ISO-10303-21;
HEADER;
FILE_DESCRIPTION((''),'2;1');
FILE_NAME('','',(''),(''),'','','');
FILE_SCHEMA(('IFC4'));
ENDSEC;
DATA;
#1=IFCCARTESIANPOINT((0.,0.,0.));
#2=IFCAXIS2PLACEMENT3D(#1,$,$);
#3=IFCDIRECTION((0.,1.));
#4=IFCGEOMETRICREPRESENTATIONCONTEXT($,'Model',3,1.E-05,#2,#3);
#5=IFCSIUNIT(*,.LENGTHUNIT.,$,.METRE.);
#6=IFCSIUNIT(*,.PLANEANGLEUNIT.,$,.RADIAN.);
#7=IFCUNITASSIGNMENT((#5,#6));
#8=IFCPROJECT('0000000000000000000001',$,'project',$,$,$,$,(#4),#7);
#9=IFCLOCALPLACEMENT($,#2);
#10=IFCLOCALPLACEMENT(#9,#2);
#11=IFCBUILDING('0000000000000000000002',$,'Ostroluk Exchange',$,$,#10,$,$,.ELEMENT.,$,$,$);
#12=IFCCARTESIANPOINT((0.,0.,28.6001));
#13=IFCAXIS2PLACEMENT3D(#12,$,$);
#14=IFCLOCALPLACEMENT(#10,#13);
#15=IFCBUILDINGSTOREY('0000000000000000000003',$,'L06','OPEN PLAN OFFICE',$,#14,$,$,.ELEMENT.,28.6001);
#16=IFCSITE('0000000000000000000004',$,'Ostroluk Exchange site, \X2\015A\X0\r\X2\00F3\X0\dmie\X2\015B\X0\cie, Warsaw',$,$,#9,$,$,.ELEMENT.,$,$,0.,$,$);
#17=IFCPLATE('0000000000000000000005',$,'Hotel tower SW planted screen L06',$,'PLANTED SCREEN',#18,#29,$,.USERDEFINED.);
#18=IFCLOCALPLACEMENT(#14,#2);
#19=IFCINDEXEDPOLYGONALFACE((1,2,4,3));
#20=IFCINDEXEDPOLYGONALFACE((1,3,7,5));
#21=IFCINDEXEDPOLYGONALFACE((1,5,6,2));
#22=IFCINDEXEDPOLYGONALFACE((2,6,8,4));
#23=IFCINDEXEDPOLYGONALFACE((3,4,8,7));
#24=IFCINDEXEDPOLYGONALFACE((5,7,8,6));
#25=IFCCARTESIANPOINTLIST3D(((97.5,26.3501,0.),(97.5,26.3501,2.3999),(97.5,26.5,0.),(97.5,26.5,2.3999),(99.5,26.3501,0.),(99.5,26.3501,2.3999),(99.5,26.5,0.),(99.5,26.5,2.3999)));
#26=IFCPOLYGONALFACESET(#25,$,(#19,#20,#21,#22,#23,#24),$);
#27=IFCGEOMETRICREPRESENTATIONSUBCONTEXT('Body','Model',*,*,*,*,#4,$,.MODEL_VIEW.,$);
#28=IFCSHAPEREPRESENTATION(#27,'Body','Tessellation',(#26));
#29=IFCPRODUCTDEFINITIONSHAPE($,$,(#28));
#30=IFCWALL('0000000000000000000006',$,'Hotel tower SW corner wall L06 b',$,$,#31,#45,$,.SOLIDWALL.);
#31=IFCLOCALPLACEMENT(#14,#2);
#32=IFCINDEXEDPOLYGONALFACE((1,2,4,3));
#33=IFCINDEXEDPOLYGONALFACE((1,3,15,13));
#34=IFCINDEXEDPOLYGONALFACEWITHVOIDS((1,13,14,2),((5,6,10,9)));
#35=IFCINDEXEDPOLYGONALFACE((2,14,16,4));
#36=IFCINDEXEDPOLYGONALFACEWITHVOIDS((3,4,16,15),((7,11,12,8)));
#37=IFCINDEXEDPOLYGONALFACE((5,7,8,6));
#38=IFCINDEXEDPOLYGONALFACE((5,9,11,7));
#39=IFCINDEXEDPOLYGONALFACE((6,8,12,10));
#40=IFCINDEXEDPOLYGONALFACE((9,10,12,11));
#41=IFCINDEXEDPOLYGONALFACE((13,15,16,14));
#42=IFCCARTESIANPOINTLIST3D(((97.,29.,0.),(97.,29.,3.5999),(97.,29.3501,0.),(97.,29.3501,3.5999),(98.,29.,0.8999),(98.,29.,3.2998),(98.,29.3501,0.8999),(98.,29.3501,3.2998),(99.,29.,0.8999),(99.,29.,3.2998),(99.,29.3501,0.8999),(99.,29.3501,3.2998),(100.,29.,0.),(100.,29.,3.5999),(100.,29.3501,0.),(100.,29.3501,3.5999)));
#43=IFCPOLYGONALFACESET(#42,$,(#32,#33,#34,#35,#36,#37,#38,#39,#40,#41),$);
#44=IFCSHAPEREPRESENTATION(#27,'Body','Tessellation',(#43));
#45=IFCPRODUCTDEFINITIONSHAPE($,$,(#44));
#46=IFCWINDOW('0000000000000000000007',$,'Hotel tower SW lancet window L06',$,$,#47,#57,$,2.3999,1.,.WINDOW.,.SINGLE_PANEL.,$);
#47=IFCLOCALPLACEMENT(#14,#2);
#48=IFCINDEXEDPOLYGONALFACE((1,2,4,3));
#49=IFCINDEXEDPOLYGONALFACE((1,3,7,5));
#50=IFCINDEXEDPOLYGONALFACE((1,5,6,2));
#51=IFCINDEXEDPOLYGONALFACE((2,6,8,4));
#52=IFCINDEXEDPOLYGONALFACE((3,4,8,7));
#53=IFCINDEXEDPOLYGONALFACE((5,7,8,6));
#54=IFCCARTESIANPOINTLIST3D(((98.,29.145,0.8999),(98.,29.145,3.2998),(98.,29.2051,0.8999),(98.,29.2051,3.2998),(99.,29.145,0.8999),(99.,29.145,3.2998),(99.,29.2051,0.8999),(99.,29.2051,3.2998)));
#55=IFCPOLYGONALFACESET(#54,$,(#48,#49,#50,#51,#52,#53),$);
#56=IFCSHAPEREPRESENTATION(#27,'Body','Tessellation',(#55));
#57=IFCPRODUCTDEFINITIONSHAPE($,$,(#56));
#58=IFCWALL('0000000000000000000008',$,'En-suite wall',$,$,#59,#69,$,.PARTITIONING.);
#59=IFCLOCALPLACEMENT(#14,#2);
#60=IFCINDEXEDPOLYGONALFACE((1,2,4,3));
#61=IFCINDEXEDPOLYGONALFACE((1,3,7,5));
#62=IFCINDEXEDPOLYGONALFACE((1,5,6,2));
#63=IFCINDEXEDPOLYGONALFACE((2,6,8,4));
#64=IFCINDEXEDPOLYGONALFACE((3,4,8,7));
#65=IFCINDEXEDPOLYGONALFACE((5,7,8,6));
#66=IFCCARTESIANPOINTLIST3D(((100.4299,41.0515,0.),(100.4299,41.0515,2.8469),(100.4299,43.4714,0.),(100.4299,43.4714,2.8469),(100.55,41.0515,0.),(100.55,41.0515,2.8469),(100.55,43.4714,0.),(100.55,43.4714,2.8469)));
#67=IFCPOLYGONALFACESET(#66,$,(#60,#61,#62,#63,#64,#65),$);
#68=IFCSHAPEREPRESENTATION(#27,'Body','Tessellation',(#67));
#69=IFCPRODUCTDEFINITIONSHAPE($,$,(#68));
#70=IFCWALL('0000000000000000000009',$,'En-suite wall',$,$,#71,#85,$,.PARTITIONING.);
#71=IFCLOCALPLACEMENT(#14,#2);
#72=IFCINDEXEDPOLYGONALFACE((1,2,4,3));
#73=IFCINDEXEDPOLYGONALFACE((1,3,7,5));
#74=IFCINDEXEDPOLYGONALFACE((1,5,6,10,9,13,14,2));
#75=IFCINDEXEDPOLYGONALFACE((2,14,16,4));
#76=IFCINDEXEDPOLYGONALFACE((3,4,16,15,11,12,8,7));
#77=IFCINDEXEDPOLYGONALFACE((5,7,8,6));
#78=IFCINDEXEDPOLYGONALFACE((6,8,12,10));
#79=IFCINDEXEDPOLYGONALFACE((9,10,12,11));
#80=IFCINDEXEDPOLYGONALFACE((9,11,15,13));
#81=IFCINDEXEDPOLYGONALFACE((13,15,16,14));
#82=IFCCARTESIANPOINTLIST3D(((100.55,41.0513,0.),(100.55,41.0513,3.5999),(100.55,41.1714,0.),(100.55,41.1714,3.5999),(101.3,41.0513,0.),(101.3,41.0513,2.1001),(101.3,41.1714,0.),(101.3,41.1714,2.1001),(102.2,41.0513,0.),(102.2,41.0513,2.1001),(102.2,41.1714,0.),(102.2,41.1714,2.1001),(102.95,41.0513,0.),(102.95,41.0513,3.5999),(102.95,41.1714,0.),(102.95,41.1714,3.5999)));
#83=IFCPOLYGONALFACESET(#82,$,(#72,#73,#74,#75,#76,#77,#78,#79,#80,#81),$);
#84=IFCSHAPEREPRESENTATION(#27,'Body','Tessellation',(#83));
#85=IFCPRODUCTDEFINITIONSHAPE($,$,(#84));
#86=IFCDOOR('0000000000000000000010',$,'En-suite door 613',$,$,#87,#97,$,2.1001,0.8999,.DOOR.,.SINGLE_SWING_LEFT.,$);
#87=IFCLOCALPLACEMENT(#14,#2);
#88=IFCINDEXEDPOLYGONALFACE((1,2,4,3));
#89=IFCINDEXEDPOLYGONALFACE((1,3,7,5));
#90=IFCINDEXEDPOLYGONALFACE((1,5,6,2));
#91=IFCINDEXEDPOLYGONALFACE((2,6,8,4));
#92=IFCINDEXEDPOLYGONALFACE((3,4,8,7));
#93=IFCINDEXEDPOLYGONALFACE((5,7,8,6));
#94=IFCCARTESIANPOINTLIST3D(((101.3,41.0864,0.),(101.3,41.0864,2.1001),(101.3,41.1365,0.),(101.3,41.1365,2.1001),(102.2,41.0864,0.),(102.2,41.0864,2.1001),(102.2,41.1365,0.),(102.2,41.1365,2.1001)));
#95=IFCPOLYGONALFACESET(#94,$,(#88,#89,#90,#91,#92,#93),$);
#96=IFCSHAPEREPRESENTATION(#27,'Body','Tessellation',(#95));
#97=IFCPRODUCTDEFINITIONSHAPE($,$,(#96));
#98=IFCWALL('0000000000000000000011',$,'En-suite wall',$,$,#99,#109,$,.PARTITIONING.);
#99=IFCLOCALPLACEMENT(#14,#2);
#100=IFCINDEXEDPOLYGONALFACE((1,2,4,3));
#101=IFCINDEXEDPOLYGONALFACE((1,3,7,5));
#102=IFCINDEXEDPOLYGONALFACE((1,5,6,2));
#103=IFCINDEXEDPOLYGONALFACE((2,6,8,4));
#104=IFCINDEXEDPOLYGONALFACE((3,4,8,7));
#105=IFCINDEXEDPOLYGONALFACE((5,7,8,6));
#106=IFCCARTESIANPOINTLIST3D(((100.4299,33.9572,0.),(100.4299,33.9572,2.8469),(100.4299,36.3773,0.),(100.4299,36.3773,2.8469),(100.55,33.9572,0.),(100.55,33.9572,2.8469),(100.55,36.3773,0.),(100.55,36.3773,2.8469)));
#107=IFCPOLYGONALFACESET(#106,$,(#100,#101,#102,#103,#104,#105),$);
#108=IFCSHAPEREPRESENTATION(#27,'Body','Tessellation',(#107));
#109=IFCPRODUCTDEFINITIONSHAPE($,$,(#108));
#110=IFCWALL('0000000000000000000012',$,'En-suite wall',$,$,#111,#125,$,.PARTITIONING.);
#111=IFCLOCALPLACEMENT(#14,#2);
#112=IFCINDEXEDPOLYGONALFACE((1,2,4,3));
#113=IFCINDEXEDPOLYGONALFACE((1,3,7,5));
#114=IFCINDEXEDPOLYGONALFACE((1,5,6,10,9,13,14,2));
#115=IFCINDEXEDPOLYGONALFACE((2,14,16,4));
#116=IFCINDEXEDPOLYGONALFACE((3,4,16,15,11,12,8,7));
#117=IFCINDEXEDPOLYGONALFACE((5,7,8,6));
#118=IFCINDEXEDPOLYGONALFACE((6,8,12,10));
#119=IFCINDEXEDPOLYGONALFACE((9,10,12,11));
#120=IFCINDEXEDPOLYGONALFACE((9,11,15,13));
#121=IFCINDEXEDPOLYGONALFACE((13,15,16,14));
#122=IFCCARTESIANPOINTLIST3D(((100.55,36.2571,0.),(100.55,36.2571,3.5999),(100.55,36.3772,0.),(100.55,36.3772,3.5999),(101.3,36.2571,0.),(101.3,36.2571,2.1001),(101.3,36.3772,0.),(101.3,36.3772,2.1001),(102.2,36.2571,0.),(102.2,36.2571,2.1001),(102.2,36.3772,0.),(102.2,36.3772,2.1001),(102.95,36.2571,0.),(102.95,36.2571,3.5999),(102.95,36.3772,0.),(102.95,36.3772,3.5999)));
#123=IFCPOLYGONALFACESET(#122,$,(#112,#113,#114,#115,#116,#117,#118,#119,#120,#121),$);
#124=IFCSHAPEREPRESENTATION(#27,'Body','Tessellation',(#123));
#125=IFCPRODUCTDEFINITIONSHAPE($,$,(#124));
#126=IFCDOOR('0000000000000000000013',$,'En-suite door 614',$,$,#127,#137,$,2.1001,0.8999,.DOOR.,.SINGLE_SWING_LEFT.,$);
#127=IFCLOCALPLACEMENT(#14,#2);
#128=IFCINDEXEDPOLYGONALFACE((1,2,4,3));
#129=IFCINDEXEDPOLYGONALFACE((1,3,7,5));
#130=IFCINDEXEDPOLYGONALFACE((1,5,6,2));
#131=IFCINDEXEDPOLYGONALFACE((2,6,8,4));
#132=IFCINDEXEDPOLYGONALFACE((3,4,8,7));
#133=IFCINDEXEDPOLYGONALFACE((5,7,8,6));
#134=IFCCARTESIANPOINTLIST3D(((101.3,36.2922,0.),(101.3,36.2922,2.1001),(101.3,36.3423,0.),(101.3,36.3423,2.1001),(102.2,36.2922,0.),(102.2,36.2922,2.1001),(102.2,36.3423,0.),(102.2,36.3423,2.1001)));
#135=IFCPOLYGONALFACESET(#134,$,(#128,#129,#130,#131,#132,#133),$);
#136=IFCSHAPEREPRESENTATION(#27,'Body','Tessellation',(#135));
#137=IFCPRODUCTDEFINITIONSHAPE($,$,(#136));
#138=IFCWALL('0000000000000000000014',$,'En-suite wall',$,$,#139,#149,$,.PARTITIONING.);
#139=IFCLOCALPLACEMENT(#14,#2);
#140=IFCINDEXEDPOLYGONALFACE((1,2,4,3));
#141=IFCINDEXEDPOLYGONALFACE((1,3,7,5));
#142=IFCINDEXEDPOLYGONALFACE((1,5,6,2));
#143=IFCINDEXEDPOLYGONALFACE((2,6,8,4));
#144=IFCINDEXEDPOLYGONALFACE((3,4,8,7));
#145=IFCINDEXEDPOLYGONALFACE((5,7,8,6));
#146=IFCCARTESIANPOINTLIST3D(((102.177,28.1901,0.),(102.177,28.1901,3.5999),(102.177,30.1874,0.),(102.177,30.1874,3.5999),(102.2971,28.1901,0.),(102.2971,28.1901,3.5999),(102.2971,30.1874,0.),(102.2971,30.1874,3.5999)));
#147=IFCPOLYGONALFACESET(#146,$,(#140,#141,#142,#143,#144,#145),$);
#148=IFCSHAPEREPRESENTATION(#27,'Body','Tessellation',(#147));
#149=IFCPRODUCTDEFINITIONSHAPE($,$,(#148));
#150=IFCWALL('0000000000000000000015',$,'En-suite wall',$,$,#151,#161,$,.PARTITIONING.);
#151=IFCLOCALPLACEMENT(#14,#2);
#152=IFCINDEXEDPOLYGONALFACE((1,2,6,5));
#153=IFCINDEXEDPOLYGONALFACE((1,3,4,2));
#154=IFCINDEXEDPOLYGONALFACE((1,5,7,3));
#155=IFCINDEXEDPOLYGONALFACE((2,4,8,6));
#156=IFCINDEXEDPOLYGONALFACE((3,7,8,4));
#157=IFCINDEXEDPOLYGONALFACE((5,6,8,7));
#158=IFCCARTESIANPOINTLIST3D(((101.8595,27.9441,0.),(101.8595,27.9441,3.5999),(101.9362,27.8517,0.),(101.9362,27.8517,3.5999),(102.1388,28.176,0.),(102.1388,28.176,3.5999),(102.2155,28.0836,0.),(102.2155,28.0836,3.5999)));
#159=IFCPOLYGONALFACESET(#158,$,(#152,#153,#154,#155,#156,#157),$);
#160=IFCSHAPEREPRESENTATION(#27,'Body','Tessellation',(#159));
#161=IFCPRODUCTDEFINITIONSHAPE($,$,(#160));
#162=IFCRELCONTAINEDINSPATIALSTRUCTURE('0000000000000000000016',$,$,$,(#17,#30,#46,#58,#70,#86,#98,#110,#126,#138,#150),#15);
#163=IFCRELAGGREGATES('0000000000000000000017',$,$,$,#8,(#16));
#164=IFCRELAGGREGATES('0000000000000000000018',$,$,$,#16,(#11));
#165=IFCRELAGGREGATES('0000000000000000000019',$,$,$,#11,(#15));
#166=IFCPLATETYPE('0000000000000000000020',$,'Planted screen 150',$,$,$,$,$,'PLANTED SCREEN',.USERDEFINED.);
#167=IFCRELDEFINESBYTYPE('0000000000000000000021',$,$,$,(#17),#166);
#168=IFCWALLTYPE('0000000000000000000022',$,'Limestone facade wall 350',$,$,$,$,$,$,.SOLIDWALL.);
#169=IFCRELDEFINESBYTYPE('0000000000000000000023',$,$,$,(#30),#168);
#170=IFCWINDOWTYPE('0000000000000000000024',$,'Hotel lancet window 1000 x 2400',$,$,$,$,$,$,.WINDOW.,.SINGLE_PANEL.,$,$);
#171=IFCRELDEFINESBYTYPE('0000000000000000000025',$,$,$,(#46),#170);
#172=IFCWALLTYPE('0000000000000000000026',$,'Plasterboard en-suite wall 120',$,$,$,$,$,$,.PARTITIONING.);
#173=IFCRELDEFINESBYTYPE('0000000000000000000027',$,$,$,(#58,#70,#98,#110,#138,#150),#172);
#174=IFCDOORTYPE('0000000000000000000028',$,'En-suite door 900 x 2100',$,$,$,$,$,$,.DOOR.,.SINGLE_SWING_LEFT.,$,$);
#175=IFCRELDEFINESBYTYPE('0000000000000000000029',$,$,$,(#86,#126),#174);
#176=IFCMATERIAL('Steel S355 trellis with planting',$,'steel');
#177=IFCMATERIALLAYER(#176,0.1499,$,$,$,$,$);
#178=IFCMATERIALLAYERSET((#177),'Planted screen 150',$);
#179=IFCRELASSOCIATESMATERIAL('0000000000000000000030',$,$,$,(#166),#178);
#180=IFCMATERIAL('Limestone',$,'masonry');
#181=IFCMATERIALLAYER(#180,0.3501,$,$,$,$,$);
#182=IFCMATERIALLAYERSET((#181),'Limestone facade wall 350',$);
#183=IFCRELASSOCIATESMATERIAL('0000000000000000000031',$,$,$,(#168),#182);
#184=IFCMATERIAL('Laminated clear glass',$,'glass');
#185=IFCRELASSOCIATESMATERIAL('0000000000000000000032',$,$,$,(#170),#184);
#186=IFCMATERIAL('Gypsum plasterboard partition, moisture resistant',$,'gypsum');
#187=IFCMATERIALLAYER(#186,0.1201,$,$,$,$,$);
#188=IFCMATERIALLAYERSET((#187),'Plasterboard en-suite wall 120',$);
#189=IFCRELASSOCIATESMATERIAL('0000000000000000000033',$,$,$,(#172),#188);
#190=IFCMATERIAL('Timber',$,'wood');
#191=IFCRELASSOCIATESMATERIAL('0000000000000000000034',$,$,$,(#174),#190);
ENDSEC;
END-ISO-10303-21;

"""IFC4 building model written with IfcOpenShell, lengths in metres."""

from ifc_helpers import new_model, si_unit, direction, frame, frame_2d, origin, origin_2d, place, context, subcontext, project, spatial, rectangle, extrude, material, layer, layer_set, type_object, element, fill, save


model = new_model("IFC4")

# Units and contexts
model_context = context("Model", 3, precision=1e-05, world=origin(), true_north=direction((0.0, 1.0)))
body_context = subcontext(model_context, "Body", "Model", "MODEL_VIEW")
ifc_project = project(units=[si_unit("LENGTHUNIT", "METRE"), si_unit("PLANEANGLEUNIT", "RADIAN")], contexts=[model_context])

# Site, building, storey
site_placement = place(None, origin())
site = spatial("IfcSite", under=ifc_project, at=site_placement, Name="Ostroluk Exchange site, Śródmieście, Warsaw", CompositionType="ELEMENT", RefElevation=0.0)
building_placement = place(site_placement, origin())
building = spatial("IfcBuilding", under=site, at=building_placement, Name="Ostroluk Exchange", CompositionType="ELEMENT")
storey_placement = place(building_placement, frame((0.0, 0.0, 28.6001)))
storey = spatial("IfcBuildingStorey", under=building, at=storey_placement, Name="L06", Description="OPEN PLAN OFFICE", CompositionType="ELEMENT", Elevation=28.6001)

# Plate
ifc_material_1 = material(Name="Steel S355 trellis with planting", Category="steel")
ifc_layer_1 = layer(ifc_material_1, 0.1499)
ifc_layer_set_1 = layer_set([ifc_layer_1], Name="Planted screen 150")
plate_type_1 = type_object("IfcPlateType", Name="Planted screen 150", ElementType="PLANTED SCREEN", PredefinedType="USERDEFINED", material=ifc_layer_set_1)
plate_1_placement = place(storey_placement, frame((98.5, 26.425, 0.0), z_axis=(0.0, 0.0, 1.0), x_axis=(1.0, 0.0, 0.0)))
element("IfcPlate", 1, at=plate_1_placement, inside=storey, type_object=plate_type_1, Name="Hotel tower SW planted screen L06", ObjectType="PLANTED SCREEN", PredefinedType="USERDEFINED", context=body_context, shape_type="SweptSolid", body=[
    extrude(rectangle(XDim=2.0, YDim=0.1499, at=origin_2d()), origin(), (0.0, 0.0, 1.0), 2.3999),
])

# Shared definitions
ifc_material_2 = material(Name="Limestone", Category="masonry")
ifc_layer_2 = layer(ifc_material_2, 0.3501)
ifc_layer_set_2 = layer_set([ifc_layer_2], Name="Limestone facade wall 350")
wall_type_1 = type_object("IfcWallType", Name="Limestone facade wall 350", PredefinedType="SOLIDWALL", material=ifc_layer_set_2)

# Wall, opening, window
wall_1_placement = place(storey_placement, frame((100.0, 29.175, 0.0), z_axis=(0.0, 0.0, 1.0), x_axis=(-1.0, 0.0, 0.0)))
wall_1 = element("IfcWall", 2, at=wall_1_placement, inside=storey, type_object=wall_type_1, Name="Hotel tower SW corner wall L06 b", PredefinedType="SOLIDWALL", context=body_context, shape_type="SweptSolid", body=[
    extrude(rectangle(XDim=3.0, YDim=0.3501, at=frame_2d((1.5, 0.0))), origin(), (0.0, 0.0, 1.0), 3.5999),
])
opening_1_placement = place(wall_1_placement, frame((1.0, 0.0, 0.8999)))
opening_1 = element("IfcOpeningElement", 3, at=opening_1_placement, cuts=wall_1, PredefinedType="OPENING", context=body_context, shape_type="SweptSolid", body=[
    extrude(rectangle(XDim=1.0, YDim=2.3999, at=frame_2d((0.5, 1.2))), frame((0.0, 0.1851, 0.0), z_axis=(0.0, -1.0, 0.0), x_axis=(1.0, 0.0, 0.0)), (0.0, 0.0, 1.0), 0.3701),
])
ifc_material_3 = material(Name="Laminated clear glass", Category="glass")
window_type = type_object("IfcWindowType", Name="Hotel lancet window 1000 x 2400", PartitioningType="SINGLE_PANEL", PredefinedType="WINDOW", material=ifc_material_3)
window_placement = place(opening_1_placement, origin())
window = element("IfcWindow", 4, at=window_placement, inside=storey, type_object=window_type, Name="Hotel tower SW lancet window L06", OverallHeight=2.3999, OverallWidth=1.0, PartitioningType="SINGLE_PANEL", PredefinedType="WINDOW", context=body_context, shape_type="SweptSolid", body=[
    extrude(rectangle(XDim=1.0, YDim=2.3999, at=frame_2d((0.5, 1.2))), frame((0.0, 0.03, 0.0), z_axis=(0.0, -1.0, 0.0), x_axis=(1.0, 0.0, 0.0)), (0.0, 0.0, 1.0), 0.0601),
])
fill(opening_1, window)

# Wall
ifc_material_4 = material(Name="Gypsum plasterboard partition, moisture resistant", Category="gypsum")
ifc_layer_3 = layer(ifc_material_4, 0.1201)
ifc_layer_set_3 = layer_set([ifc_layer_3], Name="Plasterboard en-suite wall 120")
wall_type_2 = type_object("IfcWallType", Name="Plasterboard en-suite wall 120", PredefinedType="PARTITIONING", material=ifc_layer_set_3)
wall_2_placement = place(storey_placement, frame((100.49, 43.4714, 0.0), z_axis=(0.0, 0.0, 1.0), x_axis=(0.0, -1.0, 0.0)))
element("IfcWall", 5, at=wall_2_placement, inside=storey, type_object=wall_type_2, Name="En-suite wall", PredefinedType="PARTITIONING", context=body_context, shape_type="SweptSolid", body=[
    extrude(rectangle(XDim=2.4199, YDim=0.1201, at=frame_2d((1.21, 0.0))), origin(), (0.0, 0.0, 1.0), 2.8469),
])

# Wall, opening, door
wall_3_placement = place(storey_placement, frame((102.95, 41.1113, 0.0), z_axis=(0.0, 0.0, 1.0), x_axis=(-1.0, 0.0, 0.0)))
wall_3 = element("IfcWall", 6, at=wall_3_placement, inside=storey, type_object=wall_type_2, Name="En-suite wall", PredefinedType="PARTITIONING", context=body_context, shape_type="SweptSolid", body=[
    extrude(rectangle(XDim=2.3999, YDim=0.1201, at=frame_2d((1.2, 0.0))), origin(), (0.0, 0.0, 1.0), 3.5999),
])
opening_2_placement = place(wall_3_placement, frame((0.75, 0.0, 0.0)))
opening_2 = element("IfcOpeningElement", 7, at=opening_2_placement, cuts=wall_3, PredefinedType="OPENING", context=body_context, shape_type="SweptSolid", body=[
    extrude(rectangle(XDim=0.8999, YDim=2.1001, at=frame_2d((0.45, 1.05))), frame((0.0, 0.0701, 0.0), z_axis=(0.0, -1.0, 0.0), x_axis=(1.0, 0.0, 0.0)), (0.0, 0.0, 1.0), 0.1401),
])
ifc_material_5 = material(Name="Timber", Category="wood")
door_type_1 = type_object("IfcDoorType", Name="En-suite door 900 x 2100", OperationType="SINGLE_SWING_LEFT", PredefinedType="DOOR", material=ifc_material_5)
door_1_placement = place(opening_2_placement, origin())
door_1 = element("IfcDoor", 8, at=door_1_placement, inside=storey, type_object=door_type_1, Name="En-suite door 613", OperationType="SINGLE_SWING_LEFT", OverallHeight=2.1001, OverallWidth=0.8999, PredefinedType="DOOR", context=body_context, shape_type="SweptSolid", body=[
    extrude(rectangle(XDim=0.8999, YDim=2.1001, at=frame_2d((0.45, 1.05))), frame((0.0, 0.0249, 0.0), z_axis=(0.0, -1.0, 0.0), x_axis=(1.0, 0.0, 0.0)), (0.0, 0.0, 1.0), 0.05),
])
fill(opening_2, door_1)

# Wall
wall_4_placement = place(storey_placement, frame((100.49, 36.3772, 0.0), z_axis=(0.0, 0.0, 1.0), x_axis=(0.0, -1.0, 0.0)))
element("IfcWall", 9, at=wall_4_placement, inside=storey, type_object=wall_type_2, Name="En-suite wall", PredefinedType="PARTITIONING", context=body_context, shape_type="SweptSolid", body=[
    extrude(rectangle(XDim=2.4202, YDim=0.1201, at=frame_2d((1.21, 0.0))), origin(), (0.0, 0.0, 1.0), 2.8469),
])

# Wall, opening, door
wall_5_placement = place(storey_placement, frame((102.95, 36.3171, 0.0), z_axis=(0.0, 0.0, 1.0), x_axis=(-1.0, 0.0, 0.0)))
wall_5 = element("IfcWall", 10, at=wall_5_placement, inside=storey, type_object=wall_type_2, Name="En-suite wall", PredefinedType="PARTITIONING", context=body_context, shape_type="SweptSolid", body=[
    extrude(rectangle(XDim=2.3999, YDim=0.1201, at=frame_2d((1.2, 0.0))), origin(), (0.0, 0.0, 1.0), 3.5999),
])
opening_3_placement = place(wall_5_placement, frame((0.75, 0.0, 0.0)))
opening_3 = element("IfcOpeningElement", 11, at=opening_3_placement, cuts=wall_5, PredefinedType="OPENING", context=body_context, shape_type="SweptSolid", body=[
    extrude(rectangle(XDim=0.8999, YDim=2.1001, at=frame_2d((0.45, 1.05))), frame((0.0, 0.0701, 0.0), z_axis=(0.0, -1.0, 0.0), x_axis=(1.0, 0.0, 0.0)), (0.0, 0.0, 1.0), 0.1401),
])
door_2_placement = place(opening_3_placement, origin())
door_2 = element("IfcDoor", 12, at=door_2_placement, inside=storey, type_object=door_type_1, Name="En-suite door 614", OperationType="SINGLE_SWING_LEFT", OverallHeight=2.1001, OverallWidth=0.8999, PredefinedType="DOOR", context=body_context, shape_type="SweptSolid", body=[
    extrude(rectangle(XDim=0.8999, YDim=2.1001, at=frame_2d((0.45, 1.05))), frame((0.0, 0.0249, 0.0), z_axis=(0.0, -1.0, 0.0), x_axis=(1.0, 0.0, 0.0)), (0.0, 0.0, 1.0), 0.05),
])
fill(opening_3, door_2)

# Walls
wall_6_placement = place(storey_placement, frame((102.2371, 30.1873, 0.0), z_axis=(0.0, 0.0, 1.0), x_axis=(0.0, -1.0, 0.0)))
element("IfcWall", 13, at=wall_6_placement, inside=storey, type_object=wall_type_2, Name="En-suite wall", PredefinedType="PARTITIONING", context=body_context, shape_type="SweptSolid", body=[
    extrude(rectangle(XDim=1.9973, YDim=0.1201, at=frame_2d((0.9985, 0.0))), origin(), (0.0, 0.0, 1.0), 3.5999),
])
wall_7_placement = place(storey_placement, frame((102.1772, 28.1299, 0.0), z_axis=(0.0, 0.0, 1.0), x_axis=(-0.769323, -0.638861, 0.0)))
element("IfcWall", 14, at=wall_7_placement, inside=storey, type_object=wall_type_2, Name="En-suite wall", PredefinedType="PARTITIONING", context=body_context, shape_type="SweptSolid", body=[
    extrude(rectangle(XDim=0.363, YDim=0.1201, at=frame_2d((0.1816, 0.0))), origin(), (0.0, 0.0, 1.0), 3.5999),
])

save(model, "model.ifc")
